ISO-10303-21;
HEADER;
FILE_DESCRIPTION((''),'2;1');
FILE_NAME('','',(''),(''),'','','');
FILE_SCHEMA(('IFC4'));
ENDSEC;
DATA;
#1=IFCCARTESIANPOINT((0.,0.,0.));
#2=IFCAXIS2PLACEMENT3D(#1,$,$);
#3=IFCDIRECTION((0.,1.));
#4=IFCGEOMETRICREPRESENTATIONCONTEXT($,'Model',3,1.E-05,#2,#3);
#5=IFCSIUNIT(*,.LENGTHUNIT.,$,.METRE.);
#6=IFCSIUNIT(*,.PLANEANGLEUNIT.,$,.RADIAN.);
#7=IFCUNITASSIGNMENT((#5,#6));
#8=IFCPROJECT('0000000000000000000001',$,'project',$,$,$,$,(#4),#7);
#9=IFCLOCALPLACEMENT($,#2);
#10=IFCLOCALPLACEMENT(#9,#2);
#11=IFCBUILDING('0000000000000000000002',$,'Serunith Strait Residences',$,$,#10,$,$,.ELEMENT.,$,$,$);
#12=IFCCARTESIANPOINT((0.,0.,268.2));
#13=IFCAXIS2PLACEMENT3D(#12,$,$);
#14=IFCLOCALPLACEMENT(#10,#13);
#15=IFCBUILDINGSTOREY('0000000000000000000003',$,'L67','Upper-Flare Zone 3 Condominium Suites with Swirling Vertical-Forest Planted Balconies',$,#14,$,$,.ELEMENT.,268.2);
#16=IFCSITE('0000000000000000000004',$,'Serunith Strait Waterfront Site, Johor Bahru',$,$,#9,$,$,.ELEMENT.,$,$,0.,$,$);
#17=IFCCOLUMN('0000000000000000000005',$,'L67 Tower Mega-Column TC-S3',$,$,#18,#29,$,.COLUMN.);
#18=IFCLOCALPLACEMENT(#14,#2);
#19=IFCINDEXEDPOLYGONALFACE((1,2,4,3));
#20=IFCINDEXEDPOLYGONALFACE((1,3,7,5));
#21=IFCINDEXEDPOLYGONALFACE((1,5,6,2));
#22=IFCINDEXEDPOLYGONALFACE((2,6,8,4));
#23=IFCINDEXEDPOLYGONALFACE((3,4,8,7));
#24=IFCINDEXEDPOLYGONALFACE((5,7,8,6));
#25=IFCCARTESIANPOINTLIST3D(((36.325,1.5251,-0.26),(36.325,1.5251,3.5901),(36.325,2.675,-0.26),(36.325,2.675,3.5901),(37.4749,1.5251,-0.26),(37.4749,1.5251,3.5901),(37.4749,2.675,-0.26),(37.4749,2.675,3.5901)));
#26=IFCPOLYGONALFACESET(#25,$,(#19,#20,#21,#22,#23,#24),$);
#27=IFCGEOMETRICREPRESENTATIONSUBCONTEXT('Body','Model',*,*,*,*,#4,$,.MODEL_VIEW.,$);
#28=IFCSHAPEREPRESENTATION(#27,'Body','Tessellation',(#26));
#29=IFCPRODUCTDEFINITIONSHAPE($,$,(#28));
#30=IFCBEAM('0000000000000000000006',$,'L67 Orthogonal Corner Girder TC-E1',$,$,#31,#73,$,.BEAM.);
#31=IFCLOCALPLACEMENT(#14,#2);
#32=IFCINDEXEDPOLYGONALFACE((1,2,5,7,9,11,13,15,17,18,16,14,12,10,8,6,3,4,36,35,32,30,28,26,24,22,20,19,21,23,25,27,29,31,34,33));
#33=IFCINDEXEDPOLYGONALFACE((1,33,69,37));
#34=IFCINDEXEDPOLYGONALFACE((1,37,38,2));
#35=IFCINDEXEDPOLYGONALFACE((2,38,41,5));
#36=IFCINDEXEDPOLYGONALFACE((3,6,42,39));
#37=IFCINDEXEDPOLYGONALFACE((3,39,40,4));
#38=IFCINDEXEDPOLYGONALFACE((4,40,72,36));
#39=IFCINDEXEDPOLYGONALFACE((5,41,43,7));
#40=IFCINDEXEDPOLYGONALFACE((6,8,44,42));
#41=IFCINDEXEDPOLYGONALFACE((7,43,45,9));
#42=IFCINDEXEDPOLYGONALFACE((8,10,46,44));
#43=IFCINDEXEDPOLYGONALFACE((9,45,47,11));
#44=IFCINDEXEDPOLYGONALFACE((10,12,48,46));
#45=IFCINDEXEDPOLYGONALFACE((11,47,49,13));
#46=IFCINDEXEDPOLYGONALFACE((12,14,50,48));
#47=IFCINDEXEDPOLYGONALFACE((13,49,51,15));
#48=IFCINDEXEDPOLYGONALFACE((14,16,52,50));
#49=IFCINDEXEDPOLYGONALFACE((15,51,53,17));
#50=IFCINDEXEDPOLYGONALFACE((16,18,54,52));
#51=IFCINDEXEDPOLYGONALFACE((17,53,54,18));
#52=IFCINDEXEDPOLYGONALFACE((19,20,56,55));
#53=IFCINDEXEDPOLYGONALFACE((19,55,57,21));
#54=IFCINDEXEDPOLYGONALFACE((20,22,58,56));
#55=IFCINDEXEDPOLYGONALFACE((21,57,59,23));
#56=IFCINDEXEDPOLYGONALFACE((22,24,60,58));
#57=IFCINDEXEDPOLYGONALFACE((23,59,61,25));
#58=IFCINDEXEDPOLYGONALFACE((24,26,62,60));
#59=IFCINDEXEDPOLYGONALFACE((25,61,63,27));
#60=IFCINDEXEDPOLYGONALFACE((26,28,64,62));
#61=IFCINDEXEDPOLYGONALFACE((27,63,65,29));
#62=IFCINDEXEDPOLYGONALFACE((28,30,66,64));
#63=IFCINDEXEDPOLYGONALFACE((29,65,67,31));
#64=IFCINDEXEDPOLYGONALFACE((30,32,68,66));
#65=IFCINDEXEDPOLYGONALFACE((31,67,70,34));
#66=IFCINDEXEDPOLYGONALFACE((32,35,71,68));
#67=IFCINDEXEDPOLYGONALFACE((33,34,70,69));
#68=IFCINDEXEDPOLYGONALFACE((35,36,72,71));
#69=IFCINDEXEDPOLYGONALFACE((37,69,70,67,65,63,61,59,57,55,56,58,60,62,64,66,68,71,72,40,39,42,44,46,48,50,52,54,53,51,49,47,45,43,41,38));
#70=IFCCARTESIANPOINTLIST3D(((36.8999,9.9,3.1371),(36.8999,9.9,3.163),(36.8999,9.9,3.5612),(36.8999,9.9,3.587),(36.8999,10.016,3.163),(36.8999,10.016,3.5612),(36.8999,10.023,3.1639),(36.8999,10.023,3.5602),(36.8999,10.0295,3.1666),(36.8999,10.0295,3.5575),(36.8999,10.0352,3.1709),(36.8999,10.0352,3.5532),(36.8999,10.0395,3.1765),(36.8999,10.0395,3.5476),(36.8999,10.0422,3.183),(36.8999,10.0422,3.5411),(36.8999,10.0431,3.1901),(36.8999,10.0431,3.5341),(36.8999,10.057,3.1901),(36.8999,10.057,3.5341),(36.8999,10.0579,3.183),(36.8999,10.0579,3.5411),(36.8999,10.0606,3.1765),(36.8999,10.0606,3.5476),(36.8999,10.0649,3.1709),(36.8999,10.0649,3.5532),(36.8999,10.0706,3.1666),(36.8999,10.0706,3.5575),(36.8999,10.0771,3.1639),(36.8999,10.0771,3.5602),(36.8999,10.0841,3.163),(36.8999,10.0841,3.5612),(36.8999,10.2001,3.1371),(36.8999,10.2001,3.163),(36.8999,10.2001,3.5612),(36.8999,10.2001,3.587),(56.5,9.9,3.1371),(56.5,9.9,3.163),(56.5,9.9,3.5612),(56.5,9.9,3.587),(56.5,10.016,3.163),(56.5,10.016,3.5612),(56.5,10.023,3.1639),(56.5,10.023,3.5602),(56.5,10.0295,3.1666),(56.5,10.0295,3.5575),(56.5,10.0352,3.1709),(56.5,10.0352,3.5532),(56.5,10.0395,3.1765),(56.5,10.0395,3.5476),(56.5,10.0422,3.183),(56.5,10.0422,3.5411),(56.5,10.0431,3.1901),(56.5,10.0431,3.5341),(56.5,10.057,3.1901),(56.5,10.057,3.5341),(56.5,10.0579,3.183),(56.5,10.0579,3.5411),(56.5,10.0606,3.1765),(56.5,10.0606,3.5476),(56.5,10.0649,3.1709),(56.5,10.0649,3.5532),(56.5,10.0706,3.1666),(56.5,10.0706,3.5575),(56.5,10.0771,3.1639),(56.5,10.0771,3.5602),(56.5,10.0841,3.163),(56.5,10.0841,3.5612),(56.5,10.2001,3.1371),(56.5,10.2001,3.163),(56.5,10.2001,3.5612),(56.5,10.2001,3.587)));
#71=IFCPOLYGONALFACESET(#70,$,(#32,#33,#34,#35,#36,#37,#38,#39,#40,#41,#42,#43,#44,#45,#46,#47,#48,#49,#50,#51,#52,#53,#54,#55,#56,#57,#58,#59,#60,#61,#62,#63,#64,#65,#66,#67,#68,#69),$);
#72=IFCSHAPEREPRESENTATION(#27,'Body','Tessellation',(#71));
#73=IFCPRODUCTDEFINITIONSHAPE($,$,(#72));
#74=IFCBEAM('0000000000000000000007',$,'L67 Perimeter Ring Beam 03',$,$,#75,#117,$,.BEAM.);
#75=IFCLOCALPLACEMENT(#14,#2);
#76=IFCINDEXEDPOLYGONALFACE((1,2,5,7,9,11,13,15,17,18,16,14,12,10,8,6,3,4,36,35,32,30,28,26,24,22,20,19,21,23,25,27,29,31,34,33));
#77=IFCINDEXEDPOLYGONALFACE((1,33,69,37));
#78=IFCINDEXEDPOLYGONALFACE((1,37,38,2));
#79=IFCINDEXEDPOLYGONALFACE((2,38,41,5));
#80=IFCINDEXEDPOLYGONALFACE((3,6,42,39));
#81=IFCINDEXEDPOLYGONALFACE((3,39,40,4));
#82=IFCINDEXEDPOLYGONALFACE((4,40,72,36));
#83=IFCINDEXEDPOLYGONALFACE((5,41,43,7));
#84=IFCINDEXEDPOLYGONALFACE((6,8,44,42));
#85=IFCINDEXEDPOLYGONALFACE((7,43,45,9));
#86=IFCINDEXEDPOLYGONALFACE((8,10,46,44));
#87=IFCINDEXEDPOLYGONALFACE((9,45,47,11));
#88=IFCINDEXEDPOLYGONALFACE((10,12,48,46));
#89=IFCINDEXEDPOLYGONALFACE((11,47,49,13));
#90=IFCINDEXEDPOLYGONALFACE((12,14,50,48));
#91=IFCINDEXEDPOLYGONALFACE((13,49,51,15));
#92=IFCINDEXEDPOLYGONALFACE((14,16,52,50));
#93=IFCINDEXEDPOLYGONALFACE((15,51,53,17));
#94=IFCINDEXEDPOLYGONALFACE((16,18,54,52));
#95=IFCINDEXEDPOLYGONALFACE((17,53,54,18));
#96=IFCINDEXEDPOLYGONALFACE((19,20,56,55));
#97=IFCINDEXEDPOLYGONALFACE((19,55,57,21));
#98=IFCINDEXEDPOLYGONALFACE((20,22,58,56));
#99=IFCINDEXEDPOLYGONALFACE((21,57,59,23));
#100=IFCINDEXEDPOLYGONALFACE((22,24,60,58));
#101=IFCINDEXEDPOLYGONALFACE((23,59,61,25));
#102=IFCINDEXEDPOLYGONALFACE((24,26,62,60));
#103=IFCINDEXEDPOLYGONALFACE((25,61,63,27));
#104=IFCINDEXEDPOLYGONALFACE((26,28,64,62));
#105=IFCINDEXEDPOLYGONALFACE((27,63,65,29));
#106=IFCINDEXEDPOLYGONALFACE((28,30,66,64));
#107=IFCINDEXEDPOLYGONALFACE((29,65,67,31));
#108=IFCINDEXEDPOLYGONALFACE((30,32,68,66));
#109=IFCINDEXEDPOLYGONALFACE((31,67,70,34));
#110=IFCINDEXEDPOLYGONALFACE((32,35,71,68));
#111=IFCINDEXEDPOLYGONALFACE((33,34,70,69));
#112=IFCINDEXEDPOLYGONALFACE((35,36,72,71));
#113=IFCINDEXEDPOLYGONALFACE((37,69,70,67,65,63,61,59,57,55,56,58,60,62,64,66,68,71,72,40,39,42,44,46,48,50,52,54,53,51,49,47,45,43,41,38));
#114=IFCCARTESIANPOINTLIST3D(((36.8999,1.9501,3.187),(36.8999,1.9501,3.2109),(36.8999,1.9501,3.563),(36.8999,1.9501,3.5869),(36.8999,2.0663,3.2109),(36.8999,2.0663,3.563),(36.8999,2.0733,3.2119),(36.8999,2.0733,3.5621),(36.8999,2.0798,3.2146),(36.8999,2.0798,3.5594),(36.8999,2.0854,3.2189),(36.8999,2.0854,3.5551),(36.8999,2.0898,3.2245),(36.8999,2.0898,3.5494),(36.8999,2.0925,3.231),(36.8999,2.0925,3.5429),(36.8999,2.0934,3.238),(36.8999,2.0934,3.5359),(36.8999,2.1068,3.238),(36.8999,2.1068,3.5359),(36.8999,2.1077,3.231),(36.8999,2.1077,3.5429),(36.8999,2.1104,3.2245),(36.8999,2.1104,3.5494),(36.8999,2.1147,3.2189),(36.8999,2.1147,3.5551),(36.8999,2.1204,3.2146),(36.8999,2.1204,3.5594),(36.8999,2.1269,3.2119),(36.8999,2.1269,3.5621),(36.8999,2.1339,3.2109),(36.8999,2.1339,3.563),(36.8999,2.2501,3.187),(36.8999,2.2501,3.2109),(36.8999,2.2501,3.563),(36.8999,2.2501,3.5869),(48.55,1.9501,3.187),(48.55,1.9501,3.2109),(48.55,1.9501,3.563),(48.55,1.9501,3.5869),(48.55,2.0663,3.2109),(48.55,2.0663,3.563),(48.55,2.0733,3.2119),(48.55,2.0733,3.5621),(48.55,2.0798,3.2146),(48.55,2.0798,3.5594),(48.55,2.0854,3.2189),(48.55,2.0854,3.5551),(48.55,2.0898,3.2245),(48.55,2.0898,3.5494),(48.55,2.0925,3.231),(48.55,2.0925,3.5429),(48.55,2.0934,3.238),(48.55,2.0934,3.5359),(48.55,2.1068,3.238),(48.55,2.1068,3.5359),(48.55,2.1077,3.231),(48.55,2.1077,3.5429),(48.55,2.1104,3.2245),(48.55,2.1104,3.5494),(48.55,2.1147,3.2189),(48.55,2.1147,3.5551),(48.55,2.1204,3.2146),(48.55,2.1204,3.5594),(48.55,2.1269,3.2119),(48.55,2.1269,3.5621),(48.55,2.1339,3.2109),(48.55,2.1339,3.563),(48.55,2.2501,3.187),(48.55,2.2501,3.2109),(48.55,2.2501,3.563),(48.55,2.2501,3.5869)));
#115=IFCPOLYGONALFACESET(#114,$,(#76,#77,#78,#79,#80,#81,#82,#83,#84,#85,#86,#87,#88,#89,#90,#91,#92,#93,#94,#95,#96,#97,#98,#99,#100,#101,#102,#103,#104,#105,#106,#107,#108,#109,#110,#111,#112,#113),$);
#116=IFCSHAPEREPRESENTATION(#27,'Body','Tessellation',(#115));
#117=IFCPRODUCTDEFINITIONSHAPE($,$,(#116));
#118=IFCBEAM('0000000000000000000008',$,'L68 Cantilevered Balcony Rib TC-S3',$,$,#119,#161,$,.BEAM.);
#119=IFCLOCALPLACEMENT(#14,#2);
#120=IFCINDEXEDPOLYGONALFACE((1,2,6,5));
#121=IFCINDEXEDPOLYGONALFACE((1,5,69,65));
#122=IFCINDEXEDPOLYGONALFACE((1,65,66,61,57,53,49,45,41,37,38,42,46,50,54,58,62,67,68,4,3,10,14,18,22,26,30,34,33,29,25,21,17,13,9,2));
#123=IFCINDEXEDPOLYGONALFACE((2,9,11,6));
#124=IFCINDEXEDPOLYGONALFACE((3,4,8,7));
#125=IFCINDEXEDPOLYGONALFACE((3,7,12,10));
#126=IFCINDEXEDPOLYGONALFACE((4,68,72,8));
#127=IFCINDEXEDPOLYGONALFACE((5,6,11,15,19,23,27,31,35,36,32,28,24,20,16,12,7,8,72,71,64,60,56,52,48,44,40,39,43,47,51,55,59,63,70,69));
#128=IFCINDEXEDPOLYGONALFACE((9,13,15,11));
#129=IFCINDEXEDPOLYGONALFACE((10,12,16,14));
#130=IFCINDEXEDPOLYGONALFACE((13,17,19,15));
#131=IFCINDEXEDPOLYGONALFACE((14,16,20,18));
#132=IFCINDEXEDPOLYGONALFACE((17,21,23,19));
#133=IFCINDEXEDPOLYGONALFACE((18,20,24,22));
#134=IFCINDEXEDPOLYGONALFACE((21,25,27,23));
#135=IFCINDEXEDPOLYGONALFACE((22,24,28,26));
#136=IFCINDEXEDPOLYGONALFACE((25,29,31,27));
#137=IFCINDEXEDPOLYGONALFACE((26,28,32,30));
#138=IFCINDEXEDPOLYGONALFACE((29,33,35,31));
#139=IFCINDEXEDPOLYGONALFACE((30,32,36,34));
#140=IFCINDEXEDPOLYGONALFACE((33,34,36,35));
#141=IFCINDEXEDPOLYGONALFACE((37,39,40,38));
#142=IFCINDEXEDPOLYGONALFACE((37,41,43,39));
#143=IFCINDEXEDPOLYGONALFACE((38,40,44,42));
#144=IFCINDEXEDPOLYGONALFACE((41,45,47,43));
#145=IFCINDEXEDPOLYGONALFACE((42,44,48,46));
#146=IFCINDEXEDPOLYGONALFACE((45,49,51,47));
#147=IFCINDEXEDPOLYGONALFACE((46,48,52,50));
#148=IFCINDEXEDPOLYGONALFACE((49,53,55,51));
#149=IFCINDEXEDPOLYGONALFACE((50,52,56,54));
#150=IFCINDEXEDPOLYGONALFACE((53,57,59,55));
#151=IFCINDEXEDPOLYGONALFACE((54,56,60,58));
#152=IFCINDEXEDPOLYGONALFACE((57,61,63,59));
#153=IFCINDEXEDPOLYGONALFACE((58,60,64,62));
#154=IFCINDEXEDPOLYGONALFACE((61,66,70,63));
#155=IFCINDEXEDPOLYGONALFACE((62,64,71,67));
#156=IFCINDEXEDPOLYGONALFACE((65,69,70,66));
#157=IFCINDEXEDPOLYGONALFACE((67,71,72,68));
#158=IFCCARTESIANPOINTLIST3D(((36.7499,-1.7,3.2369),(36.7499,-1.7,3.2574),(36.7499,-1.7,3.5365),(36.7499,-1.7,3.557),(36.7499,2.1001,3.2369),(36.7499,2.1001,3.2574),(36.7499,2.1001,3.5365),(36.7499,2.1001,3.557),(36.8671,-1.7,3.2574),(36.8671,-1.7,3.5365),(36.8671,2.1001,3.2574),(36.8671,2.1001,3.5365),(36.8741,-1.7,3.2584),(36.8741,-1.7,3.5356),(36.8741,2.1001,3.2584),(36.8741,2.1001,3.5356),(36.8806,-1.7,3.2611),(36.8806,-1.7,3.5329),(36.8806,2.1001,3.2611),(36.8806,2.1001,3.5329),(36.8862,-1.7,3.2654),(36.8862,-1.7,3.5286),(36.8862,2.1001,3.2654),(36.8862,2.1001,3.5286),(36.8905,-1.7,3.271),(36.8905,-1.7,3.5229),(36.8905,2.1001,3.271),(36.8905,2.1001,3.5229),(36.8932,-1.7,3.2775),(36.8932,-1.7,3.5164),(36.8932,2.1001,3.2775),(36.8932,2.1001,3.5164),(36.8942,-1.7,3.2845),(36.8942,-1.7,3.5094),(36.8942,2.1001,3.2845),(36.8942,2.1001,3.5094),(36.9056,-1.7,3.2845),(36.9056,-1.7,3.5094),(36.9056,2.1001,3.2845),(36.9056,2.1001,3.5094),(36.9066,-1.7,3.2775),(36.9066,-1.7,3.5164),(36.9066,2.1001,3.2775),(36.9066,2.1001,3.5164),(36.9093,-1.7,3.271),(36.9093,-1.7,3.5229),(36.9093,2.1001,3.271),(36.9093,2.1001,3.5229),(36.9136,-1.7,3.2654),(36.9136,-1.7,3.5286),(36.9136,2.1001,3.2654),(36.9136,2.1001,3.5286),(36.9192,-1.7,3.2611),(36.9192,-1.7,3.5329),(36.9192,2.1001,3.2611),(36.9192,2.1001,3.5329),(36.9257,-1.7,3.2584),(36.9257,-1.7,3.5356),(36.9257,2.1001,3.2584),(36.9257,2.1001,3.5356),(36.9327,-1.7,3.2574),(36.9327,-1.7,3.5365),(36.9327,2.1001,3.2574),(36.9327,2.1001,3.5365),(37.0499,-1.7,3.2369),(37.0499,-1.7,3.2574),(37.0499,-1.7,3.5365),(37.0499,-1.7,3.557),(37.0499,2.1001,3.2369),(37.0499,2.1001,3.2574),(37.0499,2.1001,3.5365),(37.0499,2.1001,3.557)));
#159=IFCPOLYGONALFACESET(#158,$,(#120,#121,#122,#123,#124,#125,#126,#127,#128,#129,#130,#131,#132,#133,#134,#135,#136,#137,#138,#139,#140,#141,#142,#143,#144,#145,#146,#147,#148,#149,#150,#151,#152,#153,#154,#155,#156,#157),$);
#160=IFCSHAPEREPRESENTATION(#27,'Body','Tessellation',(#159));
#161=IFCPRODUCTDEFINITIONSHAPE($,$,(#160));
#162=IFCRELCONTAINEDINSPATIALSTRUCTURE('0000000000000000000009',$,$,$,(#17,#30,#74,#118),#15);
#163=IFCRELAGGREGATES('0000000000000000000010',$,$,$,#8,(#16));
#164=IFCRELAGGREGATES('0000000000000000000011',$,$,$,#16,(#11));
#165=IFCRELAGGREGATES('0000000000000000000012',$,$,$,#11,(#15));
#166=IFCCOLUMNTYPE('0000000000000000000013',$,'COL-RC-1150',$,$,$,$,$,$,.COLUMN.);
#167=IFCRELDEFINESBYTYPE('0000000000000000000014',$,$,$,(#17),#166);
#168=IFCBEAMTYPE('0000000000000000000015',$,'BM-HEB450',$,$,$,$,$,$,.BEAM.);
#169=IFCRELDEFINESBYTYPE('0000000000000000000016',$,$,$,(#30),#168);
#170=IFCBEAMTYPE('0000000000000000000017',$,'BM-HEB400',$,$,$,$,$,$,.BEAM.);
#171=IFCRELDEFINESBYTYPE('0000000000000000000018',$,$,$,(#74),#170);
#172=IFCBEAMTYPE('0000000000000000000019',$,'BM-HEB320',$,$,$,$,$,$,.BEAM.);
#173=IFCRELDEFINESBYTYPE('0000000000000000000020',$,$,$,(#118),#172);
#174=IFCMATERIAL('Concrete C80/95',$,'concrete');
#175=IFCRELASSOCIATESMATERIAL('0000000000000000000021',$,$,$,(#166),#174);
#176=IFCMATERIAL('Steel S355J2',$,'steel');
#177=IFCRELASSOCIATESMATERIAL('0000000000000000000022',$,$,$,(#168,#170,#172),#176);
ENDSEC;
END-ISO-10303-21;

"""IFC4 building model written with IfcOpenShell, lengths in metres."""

from ifc_helpers import new_model, si_unit, direction, frame, origin, origin_2d, place, context, subcontext, project, spatial, rectangle, i_section, extrude, source, transform, mapped, material, material_profile, profile_set, type_object, element, save


model = new_model("IFC4")

# Units and contexts
model_context = context("Model", 3, precision=1e-05, world=origin(), true_north=direction((0.0, 1.0)))
body_context = subcontext(model_context, "Body", "Model", "MODEL_VIEW")
ifc_project = project(units=[si_unit("LENGTHUNIT", "METRE"), si_unit("PLANEANGLEUNIT", "RADIAN")], contexts=[model_context])

# Site, building, storey
site_placement = place(None, origin())
site = spatial("IfcSite", under=ifc_project, at=site_placement, Name="Serunith Strait Waterfront Site, Johor Bahru", CompositionType="ELEMENT", RefElevation=0.0)
building_placement = place(site_placement, origin())
building = spatial("IfcBuilding", under=site, at=building_placement, Name="Serunith Strait Residences", CompositionType="ELEMENT")
storey_placement = place(building_placement, frame((0.0, 0.0, 268.2)))
storey = spatial("IfcBuildingStorey", under=building, at=storey_placement, Name="L67", Description="Upper-Flare Zone 3 Condominium Suites with Swirling Vertical-Forest Planted Balconies", CompositionType="ELEMENT", Elevation=268.2)

# Column
ifc_material_1 = material(Name="Concrete C80/95", Category="concrete")
ifc_material_profile_1 = material_profile(ifc_material_1, rectangle(XDim=1.1499, YDim=1.1499, at=origin_2d()), Name="RC 1150x1150")
ifc_profile_set_1 = profile_set([ifc_material_profile_1], Name="Concrete C80/95")
column_type = type_object("IfcColumnType", Name="COL-RC-1150", PredefinedType="COLUMN", material=ifc_profile_set_1)
shared_shape_1 = source(origin(), body_context, "Body", "SweptSolid", [
    extrude(rectangle(XDim=1.1499, YDim=1.1499, at=origin_2d()), origin(), (0.0, 0.0, 1.0), 3.8501),
])
column_placement = place(storey_placement, frame((36.8999, 2.1001, -0.26), z_axis=(0.0, 0.0, 1.0), x_axis=(1.0, 0.0, 0.0)))
element("IfcColumn", 1, at=column_placement, inside=storey, type_object=column_type, Name="L67 Tower Mega-Column TC-S3", PredefinedType="COLUMN", context=body_context, shape_type="MappedRepresentation", body=[
    mapped(shared_shape_1, transform((0.0, 0.0, 0.0), scale=1.0)),
])

# Beams
ifc_material_2 = material(Name="Steel S355J2", Category="steel")
ifc_material_profile_2 = material_profile(ifc_material_2, i_section(OverallWidth=0.3, OverallDepth=0.45, WebThickness=0.0139, FlangeThickness=0.0259, FilletRadius=0.0271, at=origin_2d()), Name="HEB 450")
ifc_profile_set_2 = profile_set([ifc_material_profile_2], Name="Steel S355J2")
beam_type_1 = type_object("IfcBeamType", Name="BM-HEB450", PredefinedType="BEAM", material=ifc_profile_set_2)
shared_shape_2 = source(origin(), body_context, "Body", "SweptSolid", [
    extrude(i_section(OverallWidth=0.3, OverallDepth=0.45, WebThickness=0.0139, FlangeThickness=0.0259, FilletRadius=0.0271, at=origin_2d()), origin(), (0.0, 0.0, 1.0), 19.6001),
])
beam_1_placement = place(storey_placement, frame((36.8999, 10.05, 3.3621), z_axis=(1.0, 0.0, 0.0), x_axis=(0.0, 1.0, 0.0)))
element("IfcBeam", 2, at=beam_1_placement, inside=storey, type_object=beam_type_1, Name="L67 Orthogonal Corner Girder TC-E1", PredefinedType="BEAM", context=body_context, shape_type="MappedRepresentation", body=[
    mapped(shared_shape_2, transform((0.0, 0.0, 0.0), scale=1.0)),
])
ifc_material_profile_3 = material_profile(ifc_material_2, i_section(OverallWidth=0.3, OverallDepth=0.3999, WebThickness=0.0134, FlangeThickness=0.0239, FilletRadius=0.0271, at=origin_2d()), Name="HEB 400")
ifc_profile_set_3 = profile_set([ifc_material_profile_3], Name="Steel S355J2")
beam_type_2 = type_object("IfcBeamType", Name="BM-HEB400", PredefinedType="BEAM", material=ifc_profile_set_3)
shared_shape_3 = source(origin(), body_context, "Body", "SweptSolid", [
    extrude(i_section(OverallWidth=0.3, OverallDepth=0.3999, WebThickness=0.0134, FlangeThickness=0.0239, FilletRadius=0.0271, at=origin_2d()), origin(), (0.0, 0.0, 1.0), 11.6501),
])
beam_2_placement = place(storey_placement, frame((36.8999, 2.1001, 3.387), z_axis=(1.0, 0.0, 0.0), x_axis=(0.0, 1.0, 0.0)))
element("IfcBeam", 3, at=beam_2_placement, inside=storey, type_object=beam_type_2, Name="L67 Perimeter Ring Beam 03", PredefinedType="BEAM", context=body_context, shape_type="MappedRepresentation", body=[
    mapped(shared_shape_3, transform((0.0, 0.0, 0.0), scale=1.0)),
])
ifc_material_profile_4 = material_profile(ifc_material_2, i_section(OverallWidth=0.3, OverallDepth=0.3201, WebThickness=0.0115, FlangeThickness=0.0205, FilletRadius=0.0271, at=origin_2d()), Name="HEB 320")
ifc_profile_set_4 = profile_set([ifc_material_profile_4], Name="Steel S355J2")
beam_type_3 = type_object("IfcBeamType", Name="BM-HEB320", PredefinedType="BEAM", material=ifc_profile_set_4)
shared_shape_4 = source(origin(), body_context, "Body", "SweptSolid", [
    extrude(i_section(OverallWidth=0.3, OverallDepth=0.3201, WebThickness=0.0115, FlangeThickness=0.0205, FilletRadius=0.0271, at=origin_2d()), origin(), (0.0, 0.0, 1.0), 3.8),
])
beam_3_placement = place(storey_placement, frame((36.8999, 2.1001, 3.397), z_axis=(0.0, -1.0, 0.0), x_axis=(1.0, 0.0, 0.0)))
element("IfcBeam", 4, at=beam_3_placement, inside=storey, type_object=beam_type_3, Name="L68 Cantilevered Balcony Rib TC-S3", PredefinedType="BEAM", context=body_context, shape_type="MappedRepresentation", body=[
    mapped(shared_shape_4, transform((0.0, 0.0, 0.0), scale=1.0)),
])

save(model, "model.ifc")
